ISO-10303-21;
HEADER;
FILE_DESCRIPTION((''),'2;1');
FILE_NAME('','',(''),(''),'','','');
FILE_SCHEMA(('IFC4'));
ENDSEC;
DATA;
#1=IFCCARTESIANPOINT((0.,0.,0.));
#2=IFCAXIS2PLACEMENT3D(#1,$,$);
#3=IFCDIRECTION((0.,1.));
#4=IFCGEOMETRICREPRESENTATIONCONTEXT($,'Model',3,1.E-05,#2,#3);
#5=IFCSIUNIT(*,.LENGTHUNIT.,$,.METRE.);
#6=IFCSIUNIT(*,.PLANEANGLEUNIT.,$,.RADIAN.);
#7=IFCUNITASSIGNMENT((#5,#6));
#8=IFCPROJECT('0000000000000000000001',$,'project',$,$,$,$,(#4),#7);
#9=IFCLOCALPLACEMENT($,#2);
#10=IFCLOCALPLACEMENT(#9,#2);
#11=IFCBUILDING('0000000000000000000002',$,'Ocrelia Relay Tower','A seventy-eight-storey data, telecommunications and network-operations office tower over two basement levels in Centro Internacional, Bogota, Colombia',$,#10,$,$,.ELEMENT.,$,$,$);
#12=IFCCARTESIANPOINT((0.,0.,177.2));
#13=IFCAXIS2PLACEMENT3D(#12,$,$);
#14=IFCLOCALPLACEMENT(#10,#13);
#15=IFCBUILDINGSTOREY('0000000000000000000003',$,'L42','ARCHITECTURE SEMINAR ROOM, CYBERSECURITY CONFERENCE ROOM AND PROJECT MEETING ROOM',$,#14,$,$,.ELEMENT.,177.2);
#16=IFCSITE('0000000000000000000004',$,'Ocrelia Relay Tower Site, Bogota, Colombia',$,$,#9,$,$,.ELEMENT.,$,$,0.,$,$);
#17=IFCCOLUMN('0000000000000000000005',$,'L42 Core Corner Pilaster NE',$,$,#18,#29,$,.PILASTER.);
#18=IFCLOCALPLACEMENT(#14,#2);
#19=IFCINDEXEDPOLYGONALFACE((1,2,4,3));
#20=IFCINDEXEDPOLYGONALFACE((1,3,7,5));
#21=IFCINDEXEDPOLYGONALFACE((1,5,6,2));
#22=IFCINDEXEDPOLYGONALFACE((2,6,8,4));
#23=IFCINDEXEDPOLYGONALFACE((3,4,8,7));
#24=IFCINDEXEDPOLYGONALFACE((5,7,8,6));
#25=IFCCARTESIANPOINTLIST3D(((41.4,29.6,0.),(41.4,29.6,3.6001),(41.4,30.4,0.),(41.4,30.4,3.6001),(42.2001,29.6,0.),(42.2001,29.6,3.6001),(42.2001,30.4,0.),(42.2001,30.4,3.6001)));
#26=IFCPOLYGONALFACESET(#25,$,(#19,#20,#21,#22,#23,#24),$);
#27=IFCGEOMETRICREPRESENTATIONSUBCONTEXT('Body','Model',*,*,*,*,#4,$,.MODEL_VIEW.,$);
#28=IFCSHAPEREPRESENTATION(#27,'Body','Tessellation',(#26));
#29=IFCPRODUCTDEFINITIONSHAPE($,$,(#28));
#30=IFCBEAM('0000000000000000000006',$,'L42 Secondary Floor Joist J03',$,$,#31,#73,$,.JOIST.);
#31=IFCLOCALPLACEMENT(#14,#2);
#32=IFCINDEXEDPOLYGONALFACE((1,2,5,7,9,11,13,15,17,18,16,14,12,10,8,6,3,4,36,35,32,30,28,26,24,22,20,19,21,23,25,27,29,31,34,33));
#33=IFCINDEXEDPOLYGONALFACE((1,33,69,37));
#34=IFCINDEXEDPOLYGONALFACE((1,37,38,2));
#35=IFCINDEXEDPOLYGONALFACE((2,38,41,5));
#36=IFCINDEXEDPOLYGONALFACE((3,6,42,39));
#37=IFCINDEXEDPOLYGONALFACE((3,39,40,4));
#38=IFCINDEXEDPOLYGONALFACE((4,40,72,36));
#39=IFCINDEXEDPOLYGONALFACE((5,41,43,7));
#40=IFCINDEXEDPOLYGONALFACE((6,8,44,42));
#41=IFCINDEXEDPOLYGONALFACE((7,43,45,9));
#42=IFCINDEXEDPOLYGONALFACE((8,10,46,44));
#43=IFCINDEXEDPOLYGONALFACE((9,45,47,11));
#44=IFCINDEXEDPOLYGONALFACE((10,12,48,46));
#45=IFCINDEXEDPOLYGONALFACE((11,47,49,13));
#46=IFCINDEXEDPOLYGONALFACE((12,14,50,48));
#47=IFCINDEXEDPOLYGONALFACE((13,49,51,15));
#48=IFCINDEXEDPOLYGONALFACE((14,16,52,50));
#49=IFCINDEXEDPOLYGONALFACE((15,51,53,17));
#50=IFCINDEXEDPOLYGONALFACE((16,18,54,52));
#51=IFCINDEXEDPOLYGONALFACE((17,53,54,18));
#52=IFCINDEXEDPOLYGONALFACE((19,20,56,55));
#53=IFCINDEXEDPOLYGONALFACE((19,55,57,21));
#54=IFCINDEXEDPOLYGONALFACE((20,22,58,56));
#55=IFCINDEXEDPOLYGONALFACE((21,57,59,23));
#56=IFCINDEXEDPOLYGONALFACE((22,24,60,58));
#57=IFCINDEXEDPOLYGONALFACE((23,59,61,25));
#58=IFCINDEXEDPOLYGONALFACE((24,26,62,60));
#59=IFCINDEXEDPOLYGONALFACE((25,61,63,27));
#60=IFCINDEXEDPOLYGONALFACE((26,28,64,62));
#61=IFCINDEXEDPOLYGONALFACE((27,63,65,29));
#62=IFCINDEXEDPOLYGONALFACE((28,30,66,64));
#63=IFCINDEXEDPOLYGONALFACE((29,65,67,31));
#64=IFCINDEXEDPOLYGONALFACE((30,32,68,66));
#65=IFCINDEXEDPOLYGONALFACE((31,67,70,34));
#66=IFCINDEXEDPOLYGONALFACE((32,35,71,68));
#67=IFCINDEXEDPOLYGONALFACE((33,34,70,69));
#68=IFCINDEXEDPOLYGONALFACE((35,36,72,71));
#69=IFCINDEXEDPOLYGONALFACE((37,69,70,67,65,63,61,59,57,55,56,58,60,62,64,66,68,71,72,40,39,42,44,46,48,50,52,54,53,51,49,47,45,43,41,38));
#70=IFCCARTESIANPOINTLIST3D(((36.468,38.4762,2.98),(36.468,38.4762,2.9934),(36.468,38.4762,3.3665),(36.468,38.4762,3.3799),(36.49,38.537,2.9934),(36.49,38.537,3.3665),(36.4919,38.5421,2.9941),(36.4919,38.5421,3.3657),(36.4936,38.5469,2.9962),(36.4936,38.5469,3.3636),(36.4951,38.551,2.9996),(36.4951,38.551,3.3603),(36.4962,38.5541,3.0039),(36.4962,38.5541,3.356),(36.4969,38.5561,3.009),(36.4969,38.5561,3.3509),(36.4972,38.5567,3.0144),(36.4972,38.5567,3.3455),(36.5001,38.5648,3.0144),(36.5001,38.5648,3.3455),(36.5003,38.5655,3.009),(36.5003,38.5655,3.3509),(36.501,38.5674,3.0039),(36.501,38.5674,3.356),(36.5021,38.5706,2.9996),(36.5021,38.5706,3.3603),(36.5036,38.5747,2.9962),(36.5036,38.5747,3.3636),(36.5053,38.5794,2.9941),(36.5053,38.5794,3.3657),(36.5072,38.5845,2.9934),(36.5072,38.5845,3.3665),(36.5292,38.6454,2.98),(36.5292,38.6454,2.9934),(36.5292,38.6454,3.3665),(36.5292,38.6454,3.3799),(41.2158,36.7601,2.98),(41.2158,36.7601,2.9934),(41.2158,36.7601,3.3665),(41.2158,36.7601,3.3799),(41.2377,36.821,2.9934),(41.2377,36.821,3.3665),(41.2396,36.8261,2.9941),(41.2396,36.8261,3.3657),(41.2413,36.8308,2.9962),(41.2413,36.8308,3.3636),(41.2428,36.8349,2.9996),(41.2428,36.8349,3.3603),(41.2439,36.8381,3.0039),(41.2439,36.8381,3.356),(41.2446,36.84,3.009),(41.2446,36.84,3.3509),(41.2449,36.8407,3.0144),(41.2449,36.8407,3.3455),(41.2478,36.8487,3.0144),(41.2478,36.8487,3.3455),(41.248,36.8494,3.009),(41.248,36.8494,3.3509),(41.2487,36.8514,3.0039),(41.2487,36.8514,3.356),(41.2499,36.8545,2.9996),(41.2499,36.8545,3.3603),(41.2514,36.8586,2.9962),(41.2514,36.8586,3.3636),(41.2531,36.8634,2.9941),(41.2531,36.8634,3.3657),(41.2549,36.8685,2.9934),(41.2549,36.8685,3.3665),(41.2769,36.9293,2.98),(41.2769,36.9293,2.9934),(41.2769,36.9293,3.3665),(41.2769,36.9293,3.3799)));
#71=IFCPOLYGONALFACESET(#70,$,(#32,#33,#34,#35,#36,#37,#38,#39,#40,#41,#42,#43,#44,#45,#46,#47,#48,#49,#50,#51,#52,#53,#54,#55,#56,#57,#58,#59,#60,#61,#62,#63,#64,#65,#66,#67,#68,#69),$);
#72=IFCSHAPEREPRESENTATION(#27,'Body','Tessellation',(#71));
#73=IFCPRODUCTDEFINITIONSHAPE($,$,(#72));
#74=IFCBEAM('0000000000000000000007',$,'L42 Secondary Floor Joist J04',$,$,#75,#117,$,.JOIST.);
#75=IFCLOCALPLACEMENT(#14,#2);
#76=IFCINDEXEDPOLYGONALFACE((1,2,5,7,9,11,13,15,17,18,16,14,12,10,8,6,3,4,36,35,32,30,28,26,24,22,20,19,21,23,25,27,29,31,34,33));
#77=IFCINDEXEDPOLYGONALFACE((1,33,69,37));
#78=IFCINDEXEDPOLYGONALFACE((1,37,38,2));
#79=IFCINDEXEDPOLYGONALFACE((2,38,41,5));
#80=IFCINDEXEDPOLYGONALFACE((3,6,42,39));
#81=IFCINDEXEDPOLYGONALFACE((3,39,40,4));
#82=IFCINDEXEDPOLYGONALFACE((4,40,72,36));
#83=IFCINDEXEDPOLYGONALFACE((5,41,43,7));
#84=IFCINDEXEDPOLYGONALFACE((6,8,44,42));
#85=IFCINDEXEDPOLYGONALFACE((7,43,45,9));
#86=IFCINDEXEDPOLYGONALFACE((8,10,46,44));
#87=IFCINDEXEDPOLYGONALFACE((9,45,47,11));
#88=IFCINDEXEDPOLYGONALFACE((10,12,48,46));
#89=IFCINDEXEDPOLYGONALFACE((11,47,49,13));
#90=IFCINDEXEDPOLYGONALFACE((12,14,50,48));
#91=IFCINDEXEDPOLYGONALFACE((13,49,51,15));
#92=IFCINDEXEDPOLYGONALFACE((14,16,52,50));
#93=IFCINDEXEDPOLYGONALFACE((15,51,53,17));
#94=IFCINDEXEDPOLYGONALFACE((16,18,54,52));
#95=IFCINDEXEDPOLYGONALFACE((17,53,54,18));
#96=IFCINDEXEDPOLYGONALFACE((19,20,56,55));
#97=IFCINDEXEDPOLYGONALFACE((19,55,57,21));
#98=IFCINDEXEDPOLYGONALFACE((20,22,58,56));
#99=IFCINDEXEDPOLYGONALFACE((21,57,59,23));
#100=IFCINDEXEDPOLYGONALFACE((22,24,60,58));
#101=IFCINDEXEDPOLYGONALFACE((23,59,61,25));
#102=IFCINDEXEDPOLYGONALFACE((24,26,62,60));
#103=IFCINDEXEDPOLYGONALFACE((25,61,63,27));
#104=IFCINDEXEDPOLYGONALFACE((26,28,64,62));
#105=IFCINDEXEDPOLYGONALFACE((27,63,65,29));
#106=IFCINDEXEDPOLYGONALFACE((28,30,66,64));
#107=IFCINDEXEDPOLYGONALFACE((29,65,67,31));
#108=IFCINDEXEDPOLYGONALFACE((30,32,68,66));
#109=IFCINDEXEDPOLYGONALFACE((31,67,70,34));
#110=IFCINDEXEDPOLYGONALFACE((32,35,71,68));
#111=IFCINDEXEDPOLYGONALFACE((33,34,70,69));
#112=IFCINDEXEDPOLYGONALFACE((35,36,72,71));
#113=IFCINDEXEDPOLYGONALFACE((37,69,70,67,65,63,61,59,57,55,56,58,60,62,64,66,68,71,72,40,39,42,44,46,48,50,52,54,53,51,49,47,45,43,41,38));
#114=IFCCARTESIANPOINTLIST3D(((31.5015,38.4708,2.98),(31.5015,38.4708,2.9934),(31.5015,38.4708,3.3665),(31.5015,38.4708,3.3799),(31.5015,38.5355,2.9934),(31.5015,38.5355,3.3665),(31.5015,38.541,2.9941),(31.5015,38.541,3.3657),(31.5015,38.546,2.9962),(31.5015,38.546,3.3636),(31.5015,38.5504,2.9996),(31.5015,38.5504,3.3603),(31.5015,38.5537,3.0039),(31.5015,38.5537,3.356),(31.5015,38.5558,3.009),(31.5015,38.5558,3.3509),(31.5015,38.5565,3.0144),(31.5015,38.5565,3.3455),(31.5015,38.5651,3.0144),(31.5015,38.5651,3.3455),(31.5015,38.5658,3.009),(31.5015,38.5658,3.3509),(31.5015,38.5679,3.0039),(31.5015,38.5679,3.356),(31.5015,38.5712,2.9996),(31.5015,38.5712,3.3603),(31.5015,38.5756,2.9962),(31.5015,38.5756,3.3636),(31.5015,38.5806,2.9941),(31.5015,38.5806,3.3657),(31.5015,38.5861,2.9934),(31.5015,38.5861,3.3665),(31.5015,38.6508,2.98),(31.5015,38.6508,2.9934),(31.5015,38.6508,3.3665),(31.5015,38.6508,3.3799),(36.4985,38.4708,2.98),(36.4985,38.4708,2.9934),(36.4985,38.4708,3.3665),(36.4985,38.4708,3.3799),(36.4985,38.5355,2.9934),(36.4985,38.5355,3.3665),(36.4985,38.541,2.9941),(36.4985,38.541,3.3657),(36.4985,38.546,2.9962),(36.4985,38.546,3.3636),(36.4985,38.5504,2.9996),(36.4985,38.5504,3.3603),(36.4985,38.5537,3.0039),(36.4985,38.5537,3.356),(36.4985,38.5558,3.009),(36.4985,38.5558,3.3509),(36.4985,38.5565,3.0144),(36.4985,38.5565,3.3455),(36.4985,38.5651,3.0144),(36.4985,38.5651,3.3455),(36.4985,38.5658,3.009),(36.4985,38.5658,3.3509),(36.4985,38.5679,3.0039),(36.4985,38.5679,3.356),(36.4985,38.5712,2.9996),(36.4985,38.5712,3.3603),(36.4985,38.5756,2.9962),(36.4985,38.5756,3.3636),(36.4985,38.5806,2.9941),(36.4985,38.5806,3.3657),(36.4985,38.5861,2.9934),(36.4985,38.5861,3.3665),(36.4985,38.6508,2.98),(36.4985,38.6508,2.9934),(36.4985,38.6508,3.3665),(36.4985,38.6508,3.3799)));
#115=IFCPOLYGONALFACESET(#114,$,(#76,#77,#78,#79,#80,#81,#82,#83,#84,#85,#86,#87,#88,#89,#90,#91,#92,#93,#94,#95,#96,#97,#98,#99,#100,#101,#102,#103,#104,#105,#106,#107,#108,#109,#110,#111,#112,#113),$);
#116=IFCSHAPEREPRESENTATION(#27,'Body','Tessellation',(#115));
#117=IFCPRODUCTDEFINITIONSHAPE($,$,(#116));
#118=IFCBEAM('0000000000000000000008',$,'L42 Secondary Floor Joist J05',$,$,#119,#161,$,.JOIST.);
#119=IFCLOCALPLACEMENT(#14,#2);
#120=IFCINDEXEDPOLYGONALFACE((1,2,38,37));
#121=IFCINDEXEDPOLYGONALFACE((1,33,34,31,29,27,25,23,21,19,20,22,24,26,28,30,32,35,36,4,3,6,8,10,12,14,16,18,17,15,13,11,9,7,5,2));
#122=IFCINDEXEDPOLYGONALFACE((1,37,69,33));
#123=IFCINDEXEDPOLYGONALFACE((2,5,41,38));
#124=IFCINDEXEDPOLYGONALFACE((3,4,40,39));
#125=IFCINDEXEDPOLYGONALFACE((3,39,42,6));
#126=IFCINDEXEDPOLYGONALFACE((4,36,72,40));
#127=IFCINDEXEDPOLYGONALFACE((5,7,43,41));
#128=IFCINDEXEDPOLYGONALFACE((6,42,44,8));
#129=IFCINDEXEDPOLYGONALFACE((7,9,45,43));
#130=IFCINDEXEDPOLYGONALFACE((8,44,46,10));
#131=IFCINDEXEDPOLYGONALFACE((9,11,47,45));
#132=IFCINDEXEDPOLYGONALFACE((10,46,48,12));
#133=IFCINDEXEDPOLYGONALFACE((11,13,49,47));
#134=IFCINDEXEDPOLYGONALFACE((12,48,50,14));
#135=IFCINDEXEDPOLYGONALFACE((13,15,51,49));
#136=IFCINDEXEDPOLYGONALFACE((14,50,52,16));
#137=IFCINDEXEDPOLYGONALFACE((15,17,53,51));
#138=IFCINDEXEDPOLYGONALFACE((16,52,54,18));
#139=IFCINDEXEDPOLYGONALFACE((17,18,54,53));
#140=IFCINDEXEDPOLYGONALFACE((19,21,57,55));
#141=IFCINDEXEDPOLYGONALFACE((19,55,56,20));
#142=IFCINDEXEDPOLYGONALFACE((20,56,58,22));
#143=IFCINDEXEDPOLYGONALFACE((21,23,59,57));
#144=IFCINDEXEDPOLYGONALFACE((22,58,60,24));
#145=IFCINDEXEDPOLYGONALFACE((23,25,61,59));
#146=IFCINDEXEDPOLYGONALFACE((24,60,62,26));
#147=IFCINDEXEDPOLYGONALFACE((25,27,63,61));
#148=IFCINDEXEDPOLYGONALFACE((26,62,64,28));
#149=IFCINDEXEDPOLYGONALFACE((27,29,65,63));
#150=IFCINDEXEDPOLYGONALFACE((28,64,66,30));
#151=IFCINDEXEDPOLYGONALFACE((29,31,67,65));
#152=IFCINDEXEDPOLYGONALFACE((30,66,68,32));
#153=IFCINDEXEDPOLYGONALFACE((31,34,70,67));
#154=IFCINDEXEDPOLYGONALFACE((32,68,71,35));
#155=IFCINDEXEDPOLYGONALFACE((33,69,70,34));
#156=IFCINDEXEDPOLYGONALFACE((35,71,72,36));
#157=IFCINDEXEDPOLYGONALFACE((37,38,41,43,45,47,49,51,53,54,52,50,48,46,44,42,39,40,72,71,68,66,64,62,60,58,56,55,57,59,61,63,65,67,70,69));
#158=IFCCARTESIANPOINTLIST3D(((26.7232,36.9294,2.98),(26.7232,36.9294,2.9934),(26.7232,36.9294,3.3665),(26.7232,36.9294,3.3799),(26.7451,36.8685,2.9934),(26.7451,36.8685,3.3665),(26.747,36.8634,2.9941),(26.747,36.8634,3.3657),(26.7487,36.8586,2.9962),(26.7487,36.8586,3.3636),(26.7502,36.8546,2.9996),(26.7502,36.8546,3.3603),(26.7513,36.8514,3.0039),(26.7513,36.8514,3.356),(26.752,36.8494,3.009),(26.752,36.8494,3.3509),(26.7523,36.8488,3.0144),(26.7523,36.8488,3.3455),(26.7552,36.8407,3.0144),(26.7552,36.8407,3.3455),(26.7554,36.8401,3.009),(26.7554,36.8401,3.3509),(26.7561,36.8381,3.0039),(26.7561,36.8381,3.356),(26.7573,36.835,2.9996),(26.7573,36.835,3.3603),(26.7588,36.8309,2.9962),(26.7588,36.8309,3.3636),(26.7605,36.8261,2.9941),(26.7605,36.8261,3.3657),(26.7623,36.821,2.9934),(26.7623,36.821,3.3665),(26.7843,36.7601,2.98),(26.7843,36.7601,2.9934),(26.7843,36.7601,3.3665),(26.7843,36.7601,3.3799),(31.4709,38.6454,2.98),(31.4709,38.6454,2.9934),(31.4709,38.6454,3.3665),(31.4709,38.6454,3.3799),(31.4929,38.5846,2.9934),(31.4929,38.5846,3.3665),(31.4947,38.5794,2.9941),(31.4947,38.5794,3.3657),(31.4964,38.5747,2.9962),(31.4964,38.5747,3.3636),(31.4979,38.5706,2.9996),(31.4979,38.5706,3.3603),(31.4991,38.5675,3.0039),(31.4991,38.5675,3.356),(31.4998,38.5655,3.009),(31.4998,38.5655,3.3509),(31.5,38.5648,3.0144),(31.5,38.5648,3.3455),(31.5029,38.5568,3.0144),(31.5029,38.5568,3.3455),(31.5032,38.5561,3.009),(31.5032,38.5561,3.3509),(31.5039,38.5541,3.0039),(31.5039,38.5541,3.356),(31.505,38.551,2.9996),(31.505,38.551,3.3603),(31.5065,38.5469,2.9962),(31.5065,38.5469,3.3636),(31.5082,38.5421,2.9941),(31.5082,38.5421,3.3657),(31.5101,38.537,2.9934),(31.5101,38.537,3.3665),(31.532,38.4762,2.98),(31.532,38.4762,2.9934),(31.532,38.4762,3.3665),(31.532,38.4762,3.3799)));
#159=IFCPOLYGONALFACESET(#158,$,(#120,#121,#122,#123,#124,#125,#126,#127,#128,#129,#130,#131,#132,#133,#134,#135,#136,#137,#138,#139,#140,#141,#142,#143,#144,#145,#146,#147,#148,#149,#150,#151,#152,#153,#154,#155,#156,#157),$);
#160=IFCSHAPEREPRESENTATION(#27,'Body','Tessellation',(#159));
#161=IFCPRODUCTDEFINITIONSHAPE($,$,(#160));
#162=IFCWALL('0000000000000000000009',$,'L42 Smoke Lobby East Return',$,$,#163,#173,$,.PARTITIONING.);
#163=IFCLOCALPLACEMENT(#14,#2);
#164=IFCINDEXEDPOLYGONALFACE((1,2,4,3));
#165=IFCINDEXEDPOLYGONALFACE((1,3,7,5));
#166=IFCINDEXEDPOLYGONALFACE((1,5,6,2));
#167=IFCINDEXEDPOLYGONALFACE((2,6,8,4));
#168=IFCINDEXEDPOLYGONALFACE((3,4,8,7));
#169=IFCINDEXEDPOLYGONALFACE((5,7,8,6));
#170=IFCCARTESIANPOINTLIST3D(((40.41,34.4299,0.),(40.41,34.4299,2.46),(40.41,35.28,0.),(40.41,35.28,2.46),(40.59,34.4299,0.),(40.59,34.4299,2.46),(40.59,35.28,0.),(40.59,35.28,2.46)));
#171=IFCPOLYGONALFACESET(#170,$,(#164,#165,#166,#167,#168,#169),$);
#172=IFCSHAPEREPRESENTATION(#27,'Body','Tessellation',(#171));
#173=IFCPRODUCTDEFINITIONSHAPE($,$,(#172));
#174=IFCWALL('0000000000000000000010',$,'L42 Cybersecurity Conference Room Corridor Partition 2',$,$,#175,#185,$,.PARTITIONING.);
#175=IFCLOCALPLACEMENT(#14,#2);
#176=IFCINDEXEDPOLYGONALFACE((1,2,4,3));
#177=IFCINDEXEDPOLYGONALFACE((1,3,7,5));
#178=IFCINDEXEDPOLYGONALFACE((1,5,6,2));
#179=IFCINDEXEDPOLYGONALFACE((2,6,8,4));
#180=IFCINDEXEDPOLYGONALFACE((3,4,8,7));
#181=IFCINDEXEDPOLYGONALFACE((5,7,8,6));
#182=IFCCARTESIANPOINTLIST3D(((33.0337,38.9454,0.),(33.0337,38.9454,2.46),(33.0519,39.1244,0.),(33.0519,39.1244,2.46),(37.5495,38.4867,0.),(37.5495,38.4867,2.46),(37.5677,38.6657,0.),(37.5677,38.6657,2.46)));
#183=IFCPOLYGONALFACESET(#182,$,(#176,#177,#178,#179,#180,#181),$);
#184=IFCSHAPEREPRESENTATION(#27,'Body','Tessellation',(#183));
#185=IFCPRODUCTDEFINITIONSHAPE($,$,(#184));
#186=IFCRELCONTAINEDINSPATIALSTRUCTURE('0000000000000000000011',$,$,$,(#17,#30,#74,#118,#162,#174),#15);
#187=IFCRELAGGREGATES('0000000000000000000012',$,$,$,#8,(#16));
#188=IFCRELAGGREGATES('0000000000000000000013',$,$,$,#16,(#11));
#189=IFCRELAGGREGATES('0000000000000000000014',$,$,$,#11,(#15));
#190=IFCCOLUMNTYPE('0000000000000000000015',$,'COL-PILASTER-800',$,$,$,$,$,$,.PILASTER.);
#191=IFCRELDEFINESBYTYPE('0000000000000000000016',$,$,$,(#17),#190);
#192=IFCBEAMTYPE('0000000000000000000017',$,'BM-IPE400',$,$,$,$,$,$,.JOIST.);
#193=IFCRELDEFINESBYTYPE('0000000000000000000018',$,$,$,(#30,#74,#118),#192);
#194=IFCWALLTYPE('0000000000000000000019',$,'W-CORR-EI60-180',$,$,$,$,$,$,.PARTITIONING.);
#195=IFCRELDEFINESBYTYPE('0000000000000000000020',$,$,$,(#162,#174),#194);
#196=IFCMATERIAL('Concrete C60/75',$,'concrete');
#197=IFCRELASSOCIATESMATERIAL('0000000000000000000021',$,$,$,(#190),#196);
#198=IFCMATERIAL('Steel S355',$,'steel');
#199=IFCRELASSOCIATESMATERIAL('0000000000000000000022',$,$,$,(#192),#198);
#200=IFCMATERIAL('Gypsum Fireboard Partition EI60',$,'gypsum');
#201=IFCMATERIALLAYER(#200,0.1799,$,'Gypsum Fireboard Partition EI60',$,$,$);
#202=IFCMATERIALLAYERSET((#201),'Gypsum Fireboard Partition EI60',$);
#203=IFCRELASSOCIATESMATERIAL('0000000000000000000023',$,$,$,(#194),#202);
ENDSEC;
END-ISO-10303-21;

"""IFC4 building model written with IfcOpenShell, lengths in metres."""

from ifc_helpers import new_model, si_unit, direction, frame, frame_2d, origin, origin_2d, place, context, subcontext, project, spatial, rectangle, i_section, extrude, material, layer, layer_set, material_profile, profile_set, type_object, element, save


model = new_model("IFC4")

# Units and contexts
model_context = context("Model", 3, precision=1e-05, world=origin(), true_north=direction((0.0, 1.0)))
body_context = subcontext(model_context, "Body", "Model", "MODEL_VIEW")
ifc_project = project(units=[si_unit("LENGTHUNIT", "METRE"), si_unit("PLANEANGLEUNIT", "RADIAN")], contexts=[model_context])

# Site, building, storey
site_placement = place(None, origin())
site = spatial("IfcSite", under=ifc_project, at=site_placement, Name="Ocrelia Relay Tower Site, Bogota, Colombia", CompositionType="ELEMENT", RefElevation=0.0)
building_placement = place(site_placement, origin())
building = spatial("IfcBuilding", under=site, at=building_placement, Name="Ocrelia Relay Tower", Description="A seventy-eight-storey data, telecommunications and network-operations office tower over two basement levels in Centro Internacional, Bogota, Colombia", CompositionType="ELEMENT")
storey_placement = place(building_placement, frame((0.0, 0.0, 177.2)))
storey = spatial("IfcBuildingStorey", under=building, at=storey_placement, Name="L42", Description="ARCHITECTURE SEMINAR ROOM, CYBERSECURITY CONFERENCE ROOM AND PROJECT MEETING ROOM", CompositionType="ELEMENT", Elevation=177.2)

# Column
ifc_material_1 = material(Name="Concrete C60/75", Category="concrete")
ifc_material_profile_1 = material_profile(ifc_material_1, rectangle(XDim=0.8, YDim=0.8, at=origin_2d()), Name="RC-COL-800x800")
ifc_profile_set_1 = profile_set([ifc_material_profile_1], Name="Concrete C60/75")
column_type = type_object("IfcColumnType", Name="COL-PILASTER-800", PredefinedType="PILASTER", material=ifc_profile_set_1)
column_placement = place(storey_placement, frame((41.8, 30.0, 0.0), z_axis=(0.0, 0.0, 1.0), x_axis=(1.0, 0.0, 0.0)))
element("IfcColumn", 1, at=column_placement, inside=storey, type_object=column_type, Name="L42 Core Corner Pilaster NE", PredefinedType="PILASTER", context=body_context, shape_type="SweptSolid", body=[
    extrude(rectangle(XDim=0.8, YDim=0.8, at=origin_2d()), origin(), (0.0, 0.0, 1.0), 3.6001),
])

# Beams
ifc_material_2 = material(Name="Steel S355", Category="steel")
ifc_material_profile_2 = material_profile(ifc_material_2, i_section(OverallWidth=0.1799, OverallDepth=0.3999, WebThickness=0.0085, FlangeThickness=0.0134, FilletRadius=0.021, at=origin_2d()), Name="IPE 400")
ifc_profile_set_2 = profile_set([ifc_material_profile_2], Name="Steel S355")
beam_type = type_object("IfcBeamType", Name="BM-IPE400", PredefinedType="JOIST", material=ifc_profile_set_2)
beam_1_placement = place(storey_placement, frame((41.2463, 36.8447, 3.1799), z_axis=(-0.940454, 0.339921, 0.0), x_axis=(-0.339921, -0.940454, 0.0)))
element("IfcBeam", 2, at=beam_1_placement, inside=storey, type_object=beam_type, Name="L42 Secondary Floor Joist J03", PredefinedType="JOIST", context=body_context, shape_type="SweptSolid", body=[
    extrude(i_section(OverallWidth=0.1799, OverallDepth=0.3999, WebThickness=0.0085, FlangeThickness=0.0134, FilletRadius=0.021, at=origin_2d()), origin(), (0.0, 0.0, 1.0), 5.0483),
])
beam_2_placement = place(storey_placement, frame((36.4985, 38.5608, 3.1799), z_axis=(-1.0, 0.0, 0.0), x_axis=(0.0, -1.0, 0.0)))
element("IfcBeam", 3, at=beam_2_placement, inside=storey, type_object=beam_type, Name="L42 Secondary Floor Joist J04", PredefinedType="JOIST", context=body_context, shape_type="SweptSolid", body=[
    extrude(i_section(OverallWidth=0.1799, OverallDepth=0.3999, WebThickness=0.0085, FlangeThickness=0.0134, FilletRadius=0.021, at=origin_2d()), origin(), (0.0, 0.0, 1.0), 4.9971),
])
beam_3_placement = place(storey_placement, frame((31.5015, 38.5608, 3.1799), z_axis=(-0.940454, -0.339921, 0.0), x_axis=(0.339921, -0.940454, 0.0)))
element("IfcBeam", 4, at=beam_3_placement, inside=storey, type_object=beam_type, Name="L42 Secondary Floor Joist J05", PredefinedType="JOIST", context=body_context, shape_type="SweptSolid", body=[
    extrude(i_section(OverallWidth=0.1799, OverallDepth=0.3999, WebThickness=0.0085, FlangeThickness=0.0134, FilletRadius=0.021, at=origin_2d()), origin(), (0.0, 0.0, 1.0), 5.0483),
])

# Wall
ifc_material_3 = material(Name="Gypsum Fireboard Partition EI60", Category="gypsum")
ifc_layer_1 = layer(ifc_material_3, 0.1799, Name="Gypsum Fireboard Partition EI60")
ifc_layer_set_1 = layer_set([ifc_layer_1], Name="Gypsum Fireboard Partition EI60")
wall_type_1 = type_object("IfcWallType", Name="W-CORR-EI60-180", PredefinedType="PARTITIONING", material=ifc_layer_set_1)
wall_1_placement = place(storey_placement, frame((40.5, 35.28, 0.0), z_axis=(0.0, 0.0, 1.0), x_axis=(0.0, -1.0, 0.0)))
element("IfcWall", 5, at=wall_1_placement, inside=storey, type_object=wall_type_1, Name="L42 Smoke Lobby East Return", PredefinedType="PARTITIONING", context=body_context, shape_type="SweptSolid", body=[
    extrude(rectangle(XDim=0.8501, YDim=0.1799, at=frame_2d((0.425, 0.0))), origin(), (0.0, 0.0, 1.0), 2.46),
])

# Wall
wall_2_placement = place(storey_placement, frame((37.5586, 38.5762, 0.0), z_axis=(0.0, 0.0, 1.0), x_axis=(-0.99488, 0.101064, 0.0)))
element("IfcWall", 6, at=wall_2_placement, inside=storey, type_object=wall_type_1, Name="L42 Cybersecurity Conference Room Corridor Partition 2", PredefinedType="PARTITIONING", context=body_context, shape_type="SweptSolid", body=[
    extrude(rectangle(XDim=4.5391, YDim=0.1799, at=frame_2d((2.2695, 0.0))), origin(), (0.0, 0.0, 1.0), 2.46),
])

save(model, "model.ifc")
